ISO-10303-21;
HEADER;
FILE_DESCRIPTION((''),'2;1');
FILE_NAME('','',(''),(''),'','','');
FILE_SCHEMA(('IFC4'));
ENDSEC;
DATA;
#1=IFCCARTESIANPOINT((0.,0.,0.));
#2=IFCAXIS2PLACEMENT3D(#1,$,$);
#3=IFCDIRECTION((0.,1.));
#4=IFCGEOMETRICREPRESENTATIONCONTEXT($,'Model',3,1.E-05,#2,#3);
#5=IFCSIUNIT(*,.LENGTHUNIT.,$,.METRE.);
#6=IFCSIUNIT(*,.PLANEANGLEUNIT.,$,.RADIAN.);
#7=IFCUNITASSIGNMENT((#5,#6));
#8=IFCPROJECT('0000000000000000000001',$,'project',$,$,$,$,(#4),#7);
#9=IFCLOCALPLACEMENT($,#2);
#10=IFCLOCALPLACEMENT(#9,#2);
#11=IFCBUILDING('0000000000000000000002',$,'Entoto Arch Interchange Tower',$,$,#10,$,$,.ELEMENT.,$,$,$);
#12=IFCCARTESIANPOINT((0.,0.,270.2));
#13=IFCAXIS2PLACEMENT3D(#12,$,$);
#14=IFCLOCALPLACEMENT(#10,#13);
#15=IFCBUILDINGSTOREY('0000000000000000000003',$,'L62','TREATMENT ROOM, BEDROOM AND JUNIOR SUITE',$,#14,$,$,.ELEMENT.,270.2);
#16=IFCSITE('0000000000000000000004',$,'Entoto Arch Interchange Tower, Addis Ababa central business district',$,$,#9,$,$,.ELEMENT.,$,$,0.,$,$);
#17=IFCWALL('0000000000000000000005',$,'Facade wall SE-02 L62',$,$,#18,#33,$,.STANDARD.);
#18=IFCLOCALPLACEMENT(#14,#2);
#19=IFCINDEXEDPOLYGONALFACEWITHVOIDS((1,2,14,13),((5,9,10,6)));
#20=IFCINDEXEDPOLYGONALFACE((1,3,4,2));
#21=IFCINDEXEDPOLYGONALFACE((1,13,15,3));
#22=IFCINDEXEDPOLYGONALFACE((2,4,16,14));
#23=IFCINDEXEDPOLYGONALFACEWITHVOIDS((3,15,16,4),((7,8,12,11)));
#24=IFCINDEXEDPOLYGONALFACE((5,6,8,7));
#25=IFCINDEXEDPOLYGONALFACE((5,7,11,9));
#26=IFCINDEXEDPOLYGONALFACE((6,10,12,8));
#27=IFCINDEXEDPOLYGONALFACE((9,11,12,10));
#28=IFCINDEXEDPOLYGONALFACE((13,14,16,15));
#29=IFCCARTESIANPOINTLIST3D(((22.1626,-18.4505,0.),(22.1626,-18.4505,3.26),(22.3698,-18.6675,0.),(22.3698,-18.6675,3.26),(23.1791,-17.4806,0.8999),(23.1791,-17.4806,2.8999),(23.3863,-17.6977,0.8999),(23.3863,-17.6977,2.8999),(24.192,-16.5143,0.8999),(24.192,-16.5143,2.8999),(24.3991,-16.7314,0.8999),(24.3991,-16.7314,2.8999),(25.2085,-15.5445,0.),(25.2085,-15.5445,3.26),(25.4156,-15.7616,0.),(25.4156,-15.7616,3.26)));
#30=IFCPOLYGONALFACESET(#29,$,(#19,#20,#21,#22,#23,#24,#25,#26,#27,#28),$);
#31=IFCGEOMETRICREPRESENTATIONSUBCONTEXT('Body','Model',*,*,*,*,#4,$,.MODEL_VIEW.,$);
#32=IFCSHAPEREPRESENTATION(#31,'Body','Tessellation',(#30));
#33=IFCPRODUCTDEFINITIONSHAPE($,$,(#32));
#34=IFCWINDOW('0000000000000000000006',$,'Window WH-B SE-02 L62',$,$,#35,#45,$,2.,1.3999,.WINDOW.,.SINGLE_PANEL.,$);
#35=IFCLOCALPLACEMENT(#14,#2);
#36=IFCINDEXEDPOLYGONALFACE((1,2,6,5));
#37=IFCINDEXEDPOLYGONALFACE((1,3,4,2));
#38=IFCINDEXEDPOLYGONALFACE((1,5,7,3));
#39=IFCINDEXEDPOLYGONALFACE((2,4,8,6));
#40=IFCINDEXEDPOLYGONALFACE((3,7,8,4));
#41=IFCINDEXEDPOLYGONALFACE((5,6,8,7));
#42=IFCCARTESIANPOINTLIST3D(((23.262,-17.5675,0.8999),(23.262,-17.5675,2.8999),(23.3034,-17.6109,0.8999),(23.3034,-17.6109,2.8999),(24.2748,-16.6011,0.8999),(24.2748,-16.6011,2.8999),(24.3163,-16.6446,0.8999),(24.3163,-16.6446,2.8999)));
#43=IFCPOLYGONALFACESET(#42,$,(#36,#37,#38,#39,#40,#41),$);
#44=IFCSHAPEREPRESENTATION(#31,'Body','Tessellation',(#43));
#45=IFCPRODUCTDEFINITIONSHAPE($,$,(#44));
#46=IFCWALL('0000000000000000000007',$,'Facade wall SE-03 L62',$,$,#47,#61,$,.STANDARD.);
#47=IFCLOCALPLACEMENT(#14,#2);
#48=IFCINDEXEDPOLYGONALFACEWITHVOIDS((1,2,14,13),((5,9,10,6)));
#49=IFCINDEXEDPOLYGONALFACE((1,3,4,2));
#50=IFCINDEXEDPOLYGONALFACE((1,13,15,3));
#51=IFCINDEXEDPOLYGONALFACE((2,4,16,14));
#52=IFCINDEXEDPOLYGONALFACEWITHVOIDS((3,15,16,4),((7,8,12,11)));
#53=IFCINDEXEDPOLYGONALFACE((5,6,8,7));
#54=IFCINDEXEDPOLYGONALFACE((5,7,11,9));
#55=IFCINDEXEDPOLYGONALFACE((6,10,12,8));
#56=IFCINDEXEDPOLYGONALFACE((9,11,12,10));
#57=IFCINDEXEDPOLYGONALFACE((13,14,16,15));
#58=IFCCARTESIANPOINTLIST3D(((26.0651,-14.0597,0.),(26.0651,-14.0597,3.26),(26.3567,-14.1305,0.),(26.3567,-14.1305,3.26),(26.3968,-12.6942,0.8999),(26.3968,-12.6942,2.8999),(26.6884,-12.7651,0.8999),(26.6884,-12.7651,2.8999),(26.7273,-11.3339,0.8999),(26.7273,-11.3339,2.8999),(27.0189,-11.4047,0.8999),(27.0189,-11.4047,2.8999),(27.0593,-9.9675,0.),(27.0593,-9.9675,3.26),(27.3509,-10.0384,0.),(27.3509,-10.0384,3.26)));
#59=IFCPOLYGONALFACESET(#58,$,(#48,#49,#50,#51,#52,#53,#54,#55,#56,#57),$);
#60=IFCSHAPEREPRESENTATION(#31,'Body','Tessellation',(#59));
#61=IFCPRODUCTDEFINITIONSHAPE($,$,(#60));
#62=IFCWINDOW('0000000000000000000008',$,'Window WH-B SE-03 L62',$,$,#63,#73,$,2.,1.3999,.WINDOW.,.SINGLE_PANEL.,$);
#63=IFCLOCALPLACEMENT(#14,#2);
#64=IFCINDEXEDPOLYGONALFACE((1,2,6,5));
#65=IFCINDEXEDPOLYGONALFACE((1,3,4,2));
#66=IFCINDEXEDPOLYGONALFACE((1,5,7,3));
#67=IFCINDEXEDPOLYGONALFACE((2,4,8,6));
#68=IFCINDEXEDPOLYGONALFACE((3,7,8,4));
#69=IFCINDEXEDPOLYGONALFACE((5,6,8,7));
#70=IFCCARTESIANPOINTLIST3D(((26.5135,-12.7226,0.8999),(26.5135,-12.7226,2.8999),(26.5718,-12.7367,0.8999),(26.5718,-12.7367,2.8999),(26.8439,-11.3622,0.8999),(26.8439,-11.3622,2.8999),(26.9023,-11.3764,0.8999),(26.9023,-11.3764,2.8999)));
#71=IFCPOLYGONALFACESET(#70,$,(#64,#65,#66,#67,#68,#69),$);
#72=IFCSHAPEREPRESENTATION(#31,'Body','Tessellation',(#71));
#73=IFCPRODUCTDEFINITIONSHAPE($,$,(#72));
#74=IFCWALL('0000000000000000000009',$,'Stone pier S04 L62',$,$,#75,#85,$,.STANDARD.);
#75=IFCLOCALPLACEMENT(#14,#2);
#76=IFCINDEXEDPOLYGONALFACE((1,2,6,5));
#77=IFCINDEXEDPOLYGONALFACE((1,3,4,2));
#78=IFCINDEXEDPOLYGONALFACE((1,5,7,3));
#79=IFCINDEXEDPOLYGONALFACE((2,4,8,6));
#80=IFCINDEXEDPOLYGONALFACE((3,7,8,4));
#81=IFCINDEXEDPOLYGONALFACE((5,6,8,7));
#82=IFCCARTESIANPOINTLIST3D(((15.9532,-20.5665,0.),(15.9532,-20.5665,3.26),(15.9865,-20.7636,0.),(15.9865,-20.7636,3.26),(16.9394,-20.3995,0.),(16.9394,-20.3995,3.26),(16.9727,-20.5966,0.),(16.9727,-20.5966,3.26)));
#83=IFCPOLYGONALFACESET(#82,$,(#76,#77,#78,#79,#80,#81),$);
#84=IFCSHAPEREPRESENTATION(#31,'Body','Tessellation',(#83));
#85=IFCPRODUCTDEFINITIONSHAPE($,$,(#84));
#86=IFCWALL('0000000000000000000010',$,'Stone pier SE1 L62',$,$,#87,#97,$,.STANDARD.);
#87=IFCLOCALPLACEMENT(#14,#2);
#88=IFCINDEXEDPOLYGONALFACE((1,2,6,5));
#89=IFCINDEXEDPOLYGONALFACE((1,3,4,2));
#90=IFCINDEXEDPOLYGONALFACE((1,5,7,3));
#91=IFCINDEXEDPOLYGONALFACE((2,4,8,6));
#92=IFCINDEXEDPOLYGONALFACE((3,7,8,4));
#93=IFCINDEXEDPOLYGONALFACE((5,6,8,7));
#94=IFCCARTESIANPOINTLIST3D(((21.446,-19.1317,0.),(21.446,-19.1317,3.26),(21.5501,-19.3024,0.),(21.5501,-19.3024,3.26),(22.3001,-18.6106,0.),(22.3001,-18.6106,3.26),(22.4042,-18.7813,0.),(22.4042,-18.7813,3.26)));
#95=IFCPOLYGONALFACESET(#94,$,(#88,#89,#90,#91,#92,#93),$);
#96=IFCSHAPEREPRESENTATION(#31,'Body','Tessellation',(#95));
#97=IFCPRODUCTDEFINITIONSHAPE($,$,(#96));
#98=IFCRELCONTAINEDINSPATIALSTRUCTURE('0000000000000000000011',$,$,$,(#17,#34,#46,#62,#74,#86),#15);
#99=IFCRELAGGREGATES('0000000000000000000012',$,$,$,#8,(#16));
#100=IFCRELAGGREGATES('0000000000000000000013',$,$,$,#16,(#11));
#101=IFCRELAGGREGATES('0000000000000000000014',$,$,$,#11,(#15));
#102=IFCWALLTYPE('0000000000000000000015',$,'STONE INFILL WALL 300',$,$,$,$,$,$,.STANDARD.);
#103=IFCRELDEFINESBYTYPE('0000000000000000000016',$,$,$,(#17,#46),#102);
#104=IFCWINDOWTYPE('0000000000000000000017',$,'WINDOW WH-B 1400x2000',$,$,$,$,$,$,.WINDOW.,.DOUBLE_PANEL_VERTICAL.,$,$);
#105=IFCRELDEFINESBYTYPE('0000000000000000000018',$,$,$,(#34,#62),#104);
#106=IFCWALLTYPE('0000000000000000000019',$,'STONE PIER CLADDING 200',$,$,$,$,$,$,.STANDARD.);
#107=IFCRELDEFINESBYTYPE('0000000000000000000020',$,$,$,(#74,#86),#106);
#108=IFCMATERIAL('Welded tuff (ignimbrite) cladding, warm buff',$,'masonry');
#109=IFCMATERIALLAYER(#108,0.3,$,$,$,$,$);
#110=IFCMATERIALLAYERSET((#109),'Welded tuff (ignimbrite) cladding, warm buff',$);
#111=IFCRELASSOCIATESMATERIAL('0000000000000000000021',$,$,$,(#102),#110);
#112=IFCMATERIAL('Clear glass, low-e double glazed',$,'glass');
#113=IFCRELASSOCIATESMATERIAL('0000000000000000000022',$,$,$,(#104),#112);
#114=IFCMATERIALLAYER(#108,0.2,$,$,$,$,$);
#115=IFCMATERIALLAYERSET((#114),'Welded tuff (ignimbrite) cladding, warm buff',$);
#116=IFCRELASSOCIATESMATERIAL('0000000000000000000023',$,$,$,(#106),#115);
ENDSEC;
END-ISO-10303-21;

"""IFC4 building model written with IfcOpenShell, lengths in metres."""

from ifc_helpers import new_model, si_unit, direction, frame, frame_2d, origin, place, context, subcontext, project, spatial, rectangle, extrude, material, layer, layer_set, type_object, element, fill, save


model = new_model("IFC4")

# Units and contexts
model_context = context("Model", 3, precision=1e-05, world=origin(), true_north=direction((0.0, 1.0)))
body_context = subcontext(model_context, "Body", "Model", "MODEL_VIEW")
ifc_project = project(units=[si_unit("LENGTHUNIT", "METRE"), si_unit("PLANEANGLEUNIT", "RADIAN")], contexts=[model_context])

# Site, building, storey
site_placement = place(None, origin())
site = spatial("IfcSite", under=ifc_project, at=site_placement, Name="Entoto Arch Interchange Tower, Addis Ababa central business district", CompositionType="ELEMENT", RefElevation=0.0)
building_placement = place(site_placement, origin())
building = spatial("IfcBuilding", under=site, at=building_placement, Name="Entoto Arch Interchange Tower", CompositionType="ELEMENT")
storey_placement = place(building_placement, frame((0.0, 0.0, 270.2)))
storey = spatial("IfcBuildingStorey", under=building, at=storey_placement, Name="L62", Description="TREATMENT ROOM, BEDROOM AND JUNIOR SUITE", CompositionType="ELEMENT", Elevation=270.2)

# Shared definitions
ifc_material_1 = material(Name="Welded tuff (ignimbrite) cladding, warm buff", Category="masonry")
ifc_layer_1 = layer(ifc_material_1, 0.3)
ifc_layer_set_1 = layer_set([ifc_layer_1], Name="Welded tuff (ignimbrite) cladding, warm buff")
wall_type_1 = type_object("IfcWallType", Name="STONE INFILL WALL 300", PredefinedType="STANDARD", material=ifc_layer_set_1)
ifc_material_2 = material(Name="Clear glass, low-e double glazed", Category="glass")

# Walls, openings, windows
window_type_1 = type_object("IfcWindowType", Name="WINDOW WH-B 1400x2000", PartitioningType="DOUBLE_PANEL_VERTICAL", PredefinedType="WINDOW", material=ifc_material_2)
wall_1_placement = place(storey_placement, frame((22.2661, -18.5591, 0.0), z_axis=(0.0, 0.0, 1.0), x_axis=(0.723527, 0.690296, 0.0)))
wall_1 = element("IfcWall", 1, at=wall_1_placement, inside=storey, type_object=wall_type_1, Name="Facade wall SE-02 L62", PredefinedType="STANDARD", context=body_context, shape_type="SweptSolid", body=[
    extrude(rectangle(XDim=4.2097, YDim=0.3, at=frame_2d((2.105, 0.0))), origin(), (0.0, 0.0, 1.0), 3.26),
])
opening_1_placement = place(wall_1_placement, frame((1.405, 0.0, 0.8999)))
opening_1 = element("IfcOpeningElement", 2, at=opening_1_placement, cuts=wall_1, PredefinedType="OPENING", context=body_context, shape_type="SweptSolid", body=[
    extrude(rectangle(XDim=1.3999, YDim=2.0, at=frame_2d((0.7, 1.0))), frame((0.0, 0.1602, 0.0), z_axis=(0.0, -1.0, 0.0), x_axis=(1.0, 0.0, 0.0)), (0.0, 0.0, 1.0), 0.3201),
])
window_1_placement = place(opening_1_placement, origin())
window_1 = element("IfcWindow", 3, at=window_1_placement, inside=storey, type_object=window_type_1, Name="Window WH-B SE-02 L62", OverallHeight=2.0, OverallWidth=1.3999, PartitioningType="SINGLE_PANEL", PredefinedType="WINDOW", context=body_context, shape_type="SweptSolid", body=[
    extrude(rectangle(XDim=1.3999, YDim=2.0, at=frame_2d((0.7, 1.0))), frame((0.0, 0.03, 0.0), z_axis=(0.0, -1.0, 0.0), x_axis=(1.0, 0.0, 0.0)), (0.0, 0.0, 1.0), 0.0601),
])
fill(opening_1, window_1)
wall_2_placement = place(storey_placement, frame((26.2109, -14.095, 0.0), z_axis=(0.0, 0.0, 1.0), x_axis=(0.236078, 0.971734, 0.0)))
wall_2 = element("IfcWall", 4, at=wall_2_placement, inside=storey, type_object=wall_type_1, Name="Facade wall SE-03 L62", PredefinedType="STANDARD", context=body_context, shape_type="SweptSolid", body=[
    extrude(rectangle(XDim=4.2112, YDim=0.3, at=frame_2d((2.1055, 0.0))), origin(), (0.0, 0.0, 1.0), 3.26),
])
opening_2_placement = place(wall_2_placement, frame((1.405, 0.0, 0.8999)))
opening_2 = element("IfcOpeningElement", 5, at=opening_2_placement, cuts=wall_2, PredefinedType="OPENING", context=body_context, shape_type="SweptSolid", body=[
    extrude(rectangle(XDim=1.3999, YDim=2.0, at=frame_2d((0.7, 1.0))), frame((0.0, 0.1602, 0.0), z_axis=(0.0, -1.0, 0.0), x_axis=(1.0, 0.0, 0.0)), (0.0, 0.0, 1.0), 0.3201),
])
window_2_placement = place(opening_2_placement, origin())
window_2 = element("IfcWindow", 6, at=window_2_placement, inside=storey, type_object=window_type_1, Name="Window WH-B SE-03 L62", OverallHeight=2.0, OverallWidth=1.3999, PartitioningType="SINGLE_PANEL", PredefinedType="WINDOW", context=body_context, shape_type="SweptSolid", body=[
    extrude(rectangle(XDim=1.3999, YDim=2.0, at=frame_2d((0.7, 1.0))), frame((0.0, 0.03, 0.0), z_axis=(0.0, -1.0, 0.0), x_axis=(1.0, 0.0, 0.0)), (0.0, 0.0, 1.0), 0.0601),
])
fill(opening_2, window_2)

# Walls
ifc_layer_2 = layer(ifc_material_1, 0.2)
ifc_layer_set_2 = layer_set([ifc_layer_2], Name="Welded tuff (ignimbrite) cladding, warm buff")
wall_type_2 = type_object("IfcWallType", Name="STONE PIER CLADDING 200", PredefinedType="STANDARD", material=ifc_layer_set_2)
wall_3_placement = place(storey_placement, frame((15.97, -20.665, 0.0), z_axis=(0.0, 0.0, 1.0), x_axis=(0.985962, 0.166971, 0.0)))
element("IfcWall", 7, at=wall_3_placement, inside=storey, type_object=wall_type_2, Name="Stone pier S04 L62", PredefinedType="STANDARD", context=body_context, shape_type="SweptSolid", body=[
    extrude(rectangle(XDim=1.0002, YDim=0.2, at=frame_2d((0.5, 0.0))), origin(), (0.0, 0.0, 1.0), 3.26),
])
wall_4_placement = place(storey_placement, frame((21.498, -19.217, 0.0), z_axis=(0.0, 0.0, 1.0), x_axis=(0.85368, 0.520798, 0.0)))
element("IfcWall", 8, at=wall_4_placement, inside=storey, type_object=wall_type_2, Name="Stone pier SE1 L62", PredefinedType="STANDARD", context=body_context, shape_type="SweptSolid", body=[
    extrude(rectangle(XDim=1.0005, YDim=0.2, at=frame_2d((0.5002, 0.0))), origin(), (0.0, 0.0, 1.0), 3.26),
])

save(model, "model.ifc")
